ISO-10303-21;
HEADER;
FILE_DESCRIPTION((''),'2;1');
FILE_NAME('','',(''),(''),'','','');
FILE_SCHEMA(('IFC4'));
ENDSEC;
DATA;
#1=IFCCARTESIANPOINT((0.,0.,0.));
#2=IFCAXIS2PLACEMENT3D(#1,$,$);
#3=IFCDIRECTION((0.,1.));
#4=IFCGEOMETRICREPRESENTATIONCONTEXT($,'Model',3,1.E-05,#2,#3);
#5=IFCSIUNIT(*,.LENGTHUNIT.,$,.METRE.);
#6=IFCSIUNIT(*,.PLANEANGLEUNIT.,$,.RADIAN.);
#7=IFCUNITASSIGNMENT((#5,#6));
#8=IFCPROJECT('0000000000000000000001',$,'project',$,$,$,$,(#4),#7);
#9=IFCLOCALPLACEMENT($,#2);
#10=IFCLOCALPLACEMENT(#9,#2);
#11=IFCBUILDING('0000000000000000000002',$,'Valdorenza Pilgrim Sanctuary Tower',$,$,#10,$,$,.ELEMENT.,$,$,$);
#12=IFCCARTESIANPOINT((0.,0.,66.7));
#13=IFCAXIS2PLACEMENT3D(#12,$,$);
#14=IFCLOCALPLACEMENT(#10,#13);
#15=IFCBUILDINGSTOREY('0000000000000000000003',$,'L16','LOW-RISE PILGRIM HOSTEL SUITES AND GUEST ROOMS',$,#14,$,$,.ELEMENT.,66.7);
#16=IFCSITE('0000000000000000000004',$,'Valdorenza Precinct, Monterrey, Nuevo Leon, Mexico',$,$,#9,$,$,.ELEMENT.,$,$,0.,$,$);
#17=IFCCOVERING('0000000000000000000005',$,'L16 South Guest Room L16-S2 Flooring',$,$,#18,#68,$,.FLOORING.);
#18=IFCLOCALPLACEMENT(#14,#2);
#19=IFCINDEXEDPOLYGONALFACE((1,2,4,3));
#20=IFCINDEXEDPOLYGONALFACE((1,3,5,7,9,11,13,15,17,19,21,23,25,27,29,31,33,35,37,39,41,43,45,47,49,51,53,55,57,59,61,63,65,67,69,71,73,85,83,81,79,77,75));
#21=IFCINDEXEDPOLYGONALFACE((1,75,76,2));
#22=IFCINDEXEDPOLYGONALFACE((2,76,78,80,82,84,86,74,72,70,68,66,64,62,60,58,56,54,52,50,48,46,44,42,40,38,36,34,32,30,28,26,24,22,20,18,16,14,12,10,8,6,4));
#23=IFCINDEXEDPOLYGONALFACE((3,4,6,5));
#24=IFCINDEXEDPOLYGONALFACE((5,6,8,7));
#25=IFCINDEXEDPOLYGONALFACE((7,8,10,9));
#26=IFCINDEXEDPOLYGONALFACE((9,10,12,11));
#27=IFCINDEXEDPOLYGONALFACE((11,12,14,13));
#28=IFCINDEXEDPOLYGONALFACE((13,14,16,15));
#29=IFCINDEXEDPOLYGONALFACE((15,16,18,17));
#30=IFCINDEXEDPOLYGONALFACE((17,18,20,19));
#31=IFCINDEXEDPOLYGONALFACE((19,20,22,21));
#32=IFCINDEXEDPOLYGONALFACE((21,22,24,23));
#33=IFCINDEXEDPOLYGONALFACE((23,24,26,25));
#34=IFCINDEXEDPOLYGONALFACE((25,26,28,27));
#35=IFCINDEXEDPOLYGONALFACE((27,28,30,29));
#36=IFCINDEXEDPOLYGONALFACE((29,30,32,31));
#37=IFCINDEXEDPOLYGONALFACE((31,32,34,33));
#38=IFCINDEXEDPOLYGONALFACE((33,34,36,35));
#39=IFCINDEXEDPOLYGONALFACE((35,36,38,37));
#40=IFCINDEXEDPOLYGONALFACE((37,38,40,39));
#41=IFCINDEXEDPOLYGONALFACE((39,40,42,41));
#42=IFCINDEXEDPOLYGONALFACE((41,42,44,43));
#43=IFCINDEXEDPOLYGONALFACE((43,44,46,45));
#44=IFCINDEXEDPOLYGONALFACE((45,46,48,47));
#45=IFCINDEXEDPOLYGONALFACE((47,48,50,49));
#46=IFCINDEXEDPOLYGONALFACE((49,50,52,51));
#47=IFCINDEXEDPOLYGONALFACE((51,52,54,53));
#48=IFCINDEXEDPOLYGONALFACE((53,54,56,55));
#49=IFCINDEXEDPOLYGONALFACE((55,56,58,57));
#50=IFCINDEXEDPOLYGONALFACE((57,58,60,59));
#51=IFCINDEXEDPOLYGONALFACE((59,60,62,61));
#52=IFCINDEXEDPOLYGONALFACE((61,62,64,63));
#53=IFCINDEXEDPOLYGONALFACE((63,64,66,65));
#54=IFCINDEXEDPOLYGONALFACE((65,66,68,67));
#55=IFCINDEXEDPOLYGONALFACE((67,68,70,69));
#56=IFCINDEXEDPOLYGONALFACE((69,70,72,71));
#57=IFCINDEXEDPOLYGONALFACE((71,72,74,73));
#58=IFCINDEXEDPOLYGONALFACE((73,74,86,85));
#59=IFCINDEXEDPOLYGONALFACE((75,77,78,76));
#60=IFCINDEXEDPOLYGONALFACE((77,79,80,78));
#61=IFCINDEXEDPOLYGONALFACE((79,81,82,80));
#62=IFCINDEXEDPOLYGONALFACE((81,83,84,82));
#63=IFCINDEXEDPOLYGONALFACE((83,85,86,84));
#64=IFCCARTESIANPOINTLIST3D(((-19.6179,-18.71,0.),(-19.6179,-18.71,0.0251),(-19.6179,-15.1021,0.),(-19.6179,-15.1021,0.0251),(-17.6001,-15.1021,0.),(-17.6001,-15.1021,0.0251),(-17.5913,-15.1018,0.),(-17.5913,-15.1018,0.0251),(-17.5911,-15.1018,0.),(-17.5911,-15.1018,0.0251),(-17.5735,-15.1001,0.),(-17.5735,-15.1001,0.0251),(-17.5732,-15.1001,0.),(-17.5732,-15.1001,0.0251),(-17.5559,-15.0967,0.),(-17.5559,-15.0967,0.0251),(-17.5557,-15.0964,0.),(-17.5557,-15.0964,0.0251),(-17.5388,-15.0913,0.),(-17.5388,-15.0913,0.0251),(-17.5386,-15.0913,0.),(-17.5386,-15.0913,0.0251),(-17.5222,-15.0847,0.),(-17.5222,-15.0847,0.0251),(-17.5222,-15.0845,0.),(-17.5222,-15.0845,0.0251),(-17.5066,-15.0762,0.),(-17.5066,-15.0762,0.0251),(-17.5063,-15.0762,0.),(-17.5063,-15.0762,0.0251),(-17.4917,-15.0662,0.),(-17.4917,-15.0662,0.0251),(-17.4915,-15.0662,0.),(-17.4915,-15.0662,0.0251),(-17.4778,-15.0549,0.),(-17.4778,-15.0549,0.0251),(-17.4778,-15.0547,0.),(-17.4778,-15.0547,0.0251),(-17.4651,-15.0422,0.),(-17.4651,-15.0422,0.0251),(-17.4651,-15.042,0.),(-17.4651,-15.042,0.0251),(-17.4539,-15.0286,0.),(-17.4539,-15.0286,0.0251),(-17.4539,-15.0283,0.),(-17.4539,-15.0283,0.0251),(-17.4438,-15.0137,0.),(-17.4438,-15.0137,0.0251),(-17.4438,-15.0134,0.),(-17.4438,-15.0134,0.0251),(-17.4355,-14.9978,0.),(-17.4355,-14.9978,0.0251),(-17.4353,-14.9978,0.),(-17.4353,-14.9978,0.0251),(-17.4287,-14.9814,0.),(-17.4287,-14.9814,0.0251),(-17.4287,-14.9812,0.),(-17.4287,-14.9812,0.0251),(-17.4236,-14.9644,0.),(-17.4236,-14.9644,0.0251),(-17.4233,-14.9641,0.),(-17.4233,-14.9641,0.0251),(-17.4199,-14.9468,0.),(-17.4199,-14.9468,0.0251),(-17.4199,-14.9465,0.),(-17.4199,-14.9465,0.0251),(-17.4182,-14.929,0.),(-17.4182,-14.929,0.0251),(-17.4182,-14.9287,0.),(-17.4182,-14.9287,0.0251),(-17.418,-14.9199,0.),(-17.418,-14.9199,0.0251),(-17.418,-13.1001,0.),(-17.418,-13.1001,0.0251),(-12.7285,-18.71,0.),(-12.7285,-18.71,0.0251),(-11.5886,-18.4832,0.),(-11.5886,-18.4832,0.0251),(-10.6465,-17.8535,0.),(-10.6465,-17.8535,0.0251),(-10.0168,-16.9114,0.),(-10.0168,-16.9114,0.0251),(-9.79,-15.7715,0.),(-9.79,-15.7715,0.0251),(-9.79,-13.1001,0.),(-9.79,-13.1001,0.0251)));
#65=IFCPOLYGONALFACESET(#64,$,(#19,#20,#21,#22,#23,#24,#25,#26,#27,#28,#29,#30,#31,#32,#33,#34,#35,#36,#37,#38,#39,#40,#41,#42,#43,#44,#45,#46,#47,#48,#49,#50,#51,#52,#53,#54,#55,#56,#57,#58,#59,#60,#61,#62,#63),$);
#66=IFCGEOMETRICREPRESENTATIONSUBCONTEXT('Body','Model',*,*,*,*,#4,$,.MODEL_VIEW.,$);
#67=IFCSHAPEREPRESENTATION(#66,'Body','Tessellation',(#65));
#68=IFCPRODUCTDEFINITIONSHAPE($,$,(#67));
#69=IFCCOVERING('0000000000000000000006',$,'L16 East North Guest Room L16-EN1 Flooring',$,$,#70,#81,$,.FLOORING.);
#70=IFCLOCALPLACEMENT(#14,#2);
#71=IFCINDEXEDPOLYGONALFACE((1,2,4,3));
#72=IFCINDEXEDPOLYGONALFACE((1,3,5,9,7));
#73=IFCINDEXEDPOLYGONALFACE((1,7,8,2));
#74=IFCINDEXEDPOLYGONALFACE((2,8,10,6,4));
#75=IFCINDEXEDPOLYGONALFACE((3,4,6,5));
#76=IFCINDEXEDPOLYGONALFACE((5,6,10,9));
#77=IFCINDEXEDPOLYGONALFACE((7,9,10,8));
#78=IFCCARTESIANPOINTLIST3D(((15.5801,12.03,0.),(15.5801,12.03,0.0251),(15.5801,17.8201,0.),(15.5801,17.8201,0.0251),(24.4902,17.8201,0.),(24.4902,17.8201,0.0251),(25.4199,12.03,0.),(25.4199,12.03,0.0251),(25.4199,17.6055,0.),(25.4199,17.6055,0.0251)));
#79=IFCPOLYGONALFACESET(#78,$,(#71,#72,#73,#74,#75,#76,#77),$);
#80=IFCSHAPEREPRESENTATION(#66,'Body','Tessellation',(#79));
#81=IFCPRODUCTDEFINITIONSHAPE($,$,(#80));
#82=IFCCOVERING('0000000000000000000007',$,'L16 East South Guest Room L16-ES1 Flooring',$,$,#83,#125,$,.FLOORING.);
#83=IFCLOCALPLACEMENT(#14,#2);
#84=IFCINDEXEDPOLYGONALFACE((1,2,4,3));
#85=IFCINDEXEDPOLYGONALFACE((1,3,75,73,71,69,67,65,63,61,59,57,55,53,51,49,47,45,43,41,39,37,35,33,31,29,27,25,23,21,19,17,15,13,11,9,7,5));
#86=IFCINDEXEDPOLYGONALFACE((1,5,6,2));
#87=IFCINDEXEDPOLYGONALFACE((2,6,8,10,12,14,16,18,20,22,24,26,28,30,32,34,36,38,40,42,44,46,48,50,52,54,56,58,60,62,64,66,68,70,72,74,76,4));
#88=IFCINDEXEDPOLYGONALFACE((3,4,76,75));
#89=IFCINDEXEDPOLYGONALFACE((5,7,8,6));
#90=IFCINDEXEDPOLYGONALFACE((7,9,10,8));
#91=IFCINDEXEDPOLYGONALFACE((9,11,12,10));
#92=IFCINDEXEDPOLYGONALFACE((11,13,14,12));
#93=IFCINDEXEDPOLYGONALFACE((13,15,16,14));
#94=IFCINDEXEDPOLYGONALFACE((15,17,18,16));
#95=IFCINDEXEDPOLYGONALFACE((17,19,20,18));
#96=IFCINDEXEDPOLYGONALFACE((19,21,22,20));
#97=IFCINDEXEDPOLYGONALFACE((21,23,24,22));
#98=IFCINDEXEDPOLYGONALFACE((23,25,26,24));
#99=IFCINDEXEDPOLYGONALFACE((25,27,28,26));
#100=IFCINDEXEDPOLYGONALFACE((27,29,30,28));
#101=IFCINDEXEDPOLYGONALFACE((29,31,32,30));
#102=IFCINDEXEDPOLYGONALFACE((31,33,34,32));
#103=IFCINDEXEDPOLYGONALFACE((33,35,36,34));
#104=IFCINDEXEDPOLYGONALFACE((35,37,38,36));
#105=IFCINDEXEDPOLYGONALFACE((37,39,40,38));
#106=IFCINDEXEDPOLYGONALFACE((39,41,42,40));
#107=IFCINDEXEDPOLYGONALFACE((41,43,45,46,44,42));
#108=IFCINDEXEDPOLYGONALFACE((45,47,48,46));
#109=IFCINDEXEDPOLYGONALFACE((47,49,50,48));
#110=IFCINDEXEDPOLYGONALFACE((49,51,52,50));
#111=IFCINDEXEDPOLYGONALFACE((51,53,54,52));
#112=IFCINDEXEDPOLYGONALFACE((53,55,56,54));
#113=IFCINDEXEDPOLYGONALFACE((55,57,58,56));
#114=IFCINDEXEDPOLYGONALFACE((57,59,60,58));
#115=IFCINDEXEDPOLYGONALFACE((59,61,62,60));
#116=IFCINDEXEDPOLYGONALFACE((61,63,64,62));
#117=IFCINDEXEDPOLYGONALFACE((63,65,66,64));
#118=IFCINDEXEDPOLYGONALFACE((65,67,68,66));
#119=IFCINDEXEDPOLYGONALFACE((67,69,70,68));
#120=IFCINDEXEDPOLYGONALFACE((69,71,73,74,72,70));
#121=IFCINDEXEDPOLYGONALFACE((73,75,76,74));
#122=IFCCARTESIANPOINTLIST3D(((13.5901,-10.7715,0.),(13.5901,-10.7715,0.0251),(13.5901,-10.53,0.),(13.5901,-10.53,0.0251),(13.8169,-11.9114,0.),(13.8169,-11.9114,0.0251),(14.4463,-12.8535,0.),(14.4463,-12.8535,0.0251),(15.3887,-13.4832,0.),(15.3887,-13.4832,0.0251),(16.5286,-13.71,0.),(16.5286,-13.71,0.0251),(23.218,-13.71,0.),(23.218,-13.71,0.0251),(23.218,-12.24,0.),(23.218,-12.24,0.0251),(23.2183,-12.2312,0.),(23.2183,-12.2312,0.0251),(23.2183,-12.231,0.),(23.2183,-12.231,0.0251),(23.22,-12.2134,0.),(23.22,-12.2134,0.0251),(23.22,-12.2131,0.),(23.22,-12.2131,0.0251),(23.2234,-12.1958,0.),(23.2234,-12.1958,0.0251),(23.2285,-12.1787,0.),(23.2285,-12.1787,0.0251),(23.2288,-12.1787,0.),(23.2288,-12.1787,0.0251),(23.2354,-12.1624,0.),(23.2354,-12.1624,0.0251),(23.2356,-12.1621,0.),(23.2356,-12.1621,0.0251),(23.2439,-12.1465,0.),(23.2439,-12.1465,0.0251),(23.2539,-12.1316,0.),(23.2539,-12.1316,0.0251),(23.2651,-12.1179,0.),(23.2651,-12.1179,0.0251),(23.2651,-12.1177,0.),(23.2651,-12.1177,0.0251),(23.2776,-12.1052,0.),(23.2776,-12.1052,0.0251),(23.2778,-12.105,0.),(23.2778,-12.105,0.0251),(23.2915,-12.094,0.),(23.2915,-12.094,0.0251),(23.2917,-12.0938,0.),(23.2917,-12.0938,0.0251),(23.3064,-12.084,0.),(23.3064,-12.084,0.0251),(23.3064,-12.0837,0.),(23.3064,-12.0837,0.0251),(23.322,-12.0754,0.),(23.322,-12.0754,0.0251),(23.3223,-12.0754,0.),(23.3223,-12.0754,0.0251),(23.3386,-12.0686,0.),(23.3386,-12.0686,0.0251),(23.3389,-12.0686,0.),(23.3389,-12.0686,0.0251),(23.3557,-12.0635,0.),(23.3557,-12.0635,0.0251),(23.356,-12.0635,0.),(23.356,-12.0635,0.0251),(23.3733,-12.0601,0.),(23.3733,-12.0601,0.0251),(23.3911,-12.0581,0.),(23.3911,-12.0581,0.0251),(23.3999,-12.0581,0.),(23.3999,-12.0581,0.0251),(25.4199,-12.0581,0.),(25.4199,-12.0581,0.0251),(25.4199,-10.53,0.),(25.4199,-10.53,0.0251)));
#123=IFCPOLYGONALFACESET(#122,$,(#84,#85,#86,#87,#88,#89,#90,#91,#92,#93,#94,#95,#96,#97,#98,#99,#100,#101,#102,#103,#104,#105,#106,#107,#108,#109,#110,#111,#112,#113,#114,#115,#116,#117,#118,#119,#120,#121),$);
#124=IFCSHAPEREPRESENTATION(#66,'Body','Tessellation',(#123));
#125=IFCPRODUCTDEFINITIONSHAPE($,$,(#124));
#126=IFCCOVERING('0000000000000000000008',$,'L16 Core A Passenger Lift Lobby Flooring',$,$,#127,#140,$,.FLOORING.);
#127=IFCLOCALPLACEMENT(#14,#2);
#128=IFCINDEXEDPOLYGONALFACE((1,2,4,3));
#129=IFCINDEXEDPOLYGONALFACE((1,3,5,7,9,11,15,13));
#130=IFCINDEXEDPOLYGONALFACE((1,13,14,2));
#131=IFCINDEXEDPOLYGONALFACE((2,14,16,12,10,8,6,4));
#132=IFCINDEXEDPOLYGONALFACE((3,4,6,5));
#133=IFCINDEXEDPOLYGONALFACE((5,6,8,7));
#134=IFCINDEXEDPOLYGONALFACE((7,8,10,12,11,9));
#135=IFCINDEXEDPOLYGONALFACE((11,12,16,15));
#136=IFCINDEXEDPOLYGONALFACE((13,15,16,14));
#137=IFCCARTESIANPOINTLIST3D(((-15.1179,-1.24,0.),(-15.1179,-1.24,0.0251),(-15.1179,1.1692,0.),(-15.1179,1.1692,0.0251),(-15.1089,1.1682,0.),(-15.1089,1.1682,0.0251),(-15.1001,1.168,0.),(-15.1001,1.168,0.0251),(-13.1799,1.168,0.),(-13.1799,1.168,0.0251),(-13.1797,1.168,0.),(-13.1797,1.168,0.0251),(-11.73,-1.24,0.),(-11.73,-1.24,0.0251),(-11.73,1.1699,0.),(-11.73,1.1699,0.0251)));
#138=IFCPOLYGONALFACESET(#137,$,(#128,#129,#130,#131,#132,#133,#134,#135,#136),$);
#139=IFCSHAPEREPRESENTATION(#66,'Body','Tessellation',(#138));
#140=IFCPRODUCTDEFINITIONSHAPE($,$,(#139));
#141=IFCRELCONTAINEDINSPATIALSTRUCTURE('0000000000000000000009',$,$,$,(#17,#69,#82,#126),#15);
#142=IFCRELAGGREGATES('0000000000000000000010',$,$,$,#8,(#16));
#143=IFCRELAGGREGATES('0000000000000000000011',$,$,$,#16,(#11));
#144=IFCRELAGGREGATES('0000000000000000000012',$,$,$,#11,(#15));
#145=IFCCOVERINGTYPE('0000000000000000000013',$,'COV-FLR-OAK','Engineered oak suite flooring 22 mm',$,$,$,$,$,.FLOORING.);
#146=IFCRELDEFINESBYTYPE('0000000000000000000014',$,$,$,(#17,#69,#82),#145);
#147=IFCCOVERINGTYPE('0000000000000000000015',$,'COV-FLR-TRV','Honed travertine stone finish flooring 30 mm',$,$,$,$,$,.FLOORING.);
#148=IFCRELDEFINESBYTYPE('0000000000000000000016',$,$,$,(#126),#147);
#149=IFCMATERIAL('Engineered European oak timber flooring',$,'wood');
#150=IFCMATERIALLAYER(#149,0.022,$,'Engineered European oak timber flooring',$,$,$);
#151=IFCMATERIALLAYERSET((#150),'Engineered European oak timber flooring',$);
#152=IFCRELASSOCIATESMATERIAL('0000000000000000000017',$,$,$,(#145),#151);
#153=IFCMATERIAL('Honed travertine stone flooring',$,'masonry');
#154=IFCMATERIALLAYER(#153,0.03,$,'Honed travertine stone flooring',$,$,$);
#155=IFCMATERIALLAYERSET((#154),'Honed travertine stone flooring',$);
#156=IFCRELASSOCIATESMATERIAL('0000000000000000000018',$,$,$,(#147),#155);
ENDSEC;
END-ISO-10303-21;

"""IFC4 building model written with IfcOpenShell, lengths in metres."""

from ifc_helpers import new_model, si_unit, direction, frame, origin, place, context, subcontext, project, spatial, polyline, outline, extrude, material, layer, layer_set, type_object, element, save


model = new_model("IFC4")

# Units and contexts
model_context = context("Model", 3, precision=1e-05, world=origin(), true_north=direction((0.0, 1.0)))
body_context = subcontext(model_context, "Body", "Model", "MODEL_VIEW")
ifc_project = project(units=[si_unit("LENGTHUNIT", "METRE"), si_unit("PLANEANGLEUNIT", "RADIAN")], contexts=[model_context])

# Site, building, storey
site_placement = place(None, origin())
site = spatial("IfcSite", under=ifc_project, at=site_placement, Name="Valdorenza Precinct, Monterrey, Nuevo Leon, Mexico", CompositionType="ELEMENT", RefElevation=0.0)
building_placement = place(site_placement, origin())
building = spatial("IfcBuilding", under=site, at=building_placement, Name="Valdorenza Pilgrim Sanctuary Tower", CompositionType="ELEMENT")
storey_placement = place(building_placement, frame((0.0, 0.0, 66.7)))
storey = spatial("IfcBuildingStorey", under=building, at=storey_placement, Name="L16", Description="LOW-RISE PILGRIM HOSTEL SUITES AND GUEST ROOMS", CompositionType="ELEMENT", Elevation=66.7)

# Coverings
ifc_material_1 = material(Name="Engineered European oak timber flooring", Category="wood")
ifc_layer_1 = layer(ifc_material_1, 0.022, Name="Engineered European oak timber flooring")
ifc_layer_set_1 = layer_set([ifc_layer_1], Name="Engineered European oak timber flooring")
covering_type_1 = type_object("IfcCoveringType", Name="COV-FLR-OAK", Description="Engineered oak suite flooring 22 mm", PredefinedType="FLOORING", material=ifc_layer_set_1)
covering_1_placement = place(storey_placement, origin())
element("IfcCovering", 1, at=covering_1_placement, inside=storey, type_object=covering_type_1, Name="L16 South Guest Room L16-S2 Flooring", PredefinedType="FLOORING", context=body_context, shape_type="SweptSolid", body=[
    extrude(outline(polyline([(-10.0168, -16.9114), (-10.6465, -17.8535), (-11.5886, -18.4832), (-12.7285, -18.71), (-19.6179, -18.71), (-19.6179, -15.1021), (-17.6001, -15.1021), (-17.5913, -15.1018), (-17.5911, -15.1018), (-17.5735, -15.1001), (-17.5732, -15.1001), (-17.5559, -15.0967), (-17.5557, -15.0964), (-17.5388, -15.0913), (-17.5386, -15.0913), (-17.5222, -15.0847), (-17.5222, -15.0845), (-17.5066, -15.0762), (-17.5063, -15.0762), (-17.4917, -15.0662), (-17.4915, -15.0662), (-17.4778, -15.0549), (-17.4778, -15.0547), (-17.4651, -15.0422), (-17.4651, -15.042), (-17.4539, -15.0286), (-17.4539, -15.0283), (-17.4438, -15.0137), (-17.4438, -15.0134), (-17.4355, -14.9978), (-17.4353, -14.9978), (-17.4287, -14.9814), (-17.4287, -14.9812), (-17.4236, -14.9644), (-17.4233, -14.9641), (-17.4199, -14.9468), (-17.4199, -14.9465), (-17.4182, -14.929), (-17.4182, -14.9287), (-17.418, -14.9199), (-17.418, -13.1001), (-9.79, -13.1001), (-9.79, -15.7715), (-10.0168, -16.9114)])), origin(), (0.0, 0.0, 1.0), 0.0251),
])
covering_2_placement = place(storey_placement, origin())
element("IfcCovering", 2, at=covering_2_placement, inside=storey, type_object=covering_type_1, Name="L16 East North Guest Room L16-EN1 Flooring", PredefinedType="FLOORING", context=body_context, shape_type="SweptSolid", body=[
    extrude(outline(polyline([(24.4902, 17.8201), (25.4199, 17.6055), (25.4199, 12.03), (15.5801, 12.03), (15.5801, 17.8201), (24.4902, 17.8201)])), origin(), (0.0, 0.0, 1.0), 0.0251),
])
covering_3_placement = place(storey_placement, origin())
element("IfcCovering", 3, at=covering_3_placement, inside=storey, type_object=covering_type_1, Name="L16 East South Guest Room L16-ES1 Flooring", PredefinedType="FLOORING", context=body_context, shape_type="SweptSolid", body=[
    extrude(outline(polyline([(25.4199, -10.53), (25.4199, -12.0581), (23.3999, -12.0581), (23.3911, -12.0581), (23.3911, -12.0581), (23.3733, -12.0601), (23.3733, -12.0601), (23.356, -12.0635), (23.3557, -12.0635), (23.3389, -12.0686), (23.3386, -12.0686), (23.3223, -12.0754), (23.322, -12.0754), (23.3064, -12.0837), (23.3064, -12.084), (23.2917, -12.0938), (23.2915, -12.094), (23.2778, -12.105), (23.2776, -12.1052), (23.2651, -12.1177), (23.2651, -12.1179), (23.2539, -12.1316), (23.2539, -12.1316), (23.2439, -12.1465), (23.2439, -12.1465), (23.2356, -12.1621), (23.2354, -12.1624), (23.2288, -12.1787), (23.2285, -12.1787), (23.2234, -12.1958), (23.2234, -12.1958), (23.22, -12.2131), (23.22, -12.2134), (23.2183, -12.231), (23.2183, -12.2312), (23.218, -12.24), (23.218, -13.71), (16.5286, -13.71), (15.3887, -13.4832), (14.4463, -12.8535), (13.8169, -11.9114), (13.5901, -10.7715), (13.5901, -10.53), (25.4199, -10.53)])), origin(), (0.0, 0.0, 1.0), 0.0251),
])
ifc_material_2 = material(Name="Honed travertine stone flooring", Category="masonry")
ifc_layer_2 = layer(ifc_material_2, 0.03, Name="Honed travertine stone flooring")
ifc_layer_set_2 = layer_set([ifc_layer_2], Name="Honed travertine stone flooring")
covering_type_2 = type_object("IfcCoveringType", Name="COV-FLR-TRV", Description="Honed travertine stone finish flooring 30 mm", PredefinedType="FLOORING", material=ifc_layer_set_2)
covering_4_placement = place(storey_placement, origin())
element("IfcCovering", 4, at=covering_4_placement, inside=storey, type_object=covering_type_2, Name="L16 Core A Passenger Lift Lobby Flooring", PredefinedType="FLOORING", context=body_context, shape_type="SweptSolid", body=[
    extrude(outline(polyline([(-15.1179, 1.1692), (-15.1089, 1.1682), (-15.1089, 1.1682), (-15.1001, 1.168), (-13.1799, 1.168), (-13.1797, 1.168), (-11.73, 1.1699), (-11.73, -1.24), (-15.1179, -1.24), (-15.1179, 1.1692)])), origin(), (0.0, 0.0, 1.0), 0.0251),
])

save(model, "model.ifc")
